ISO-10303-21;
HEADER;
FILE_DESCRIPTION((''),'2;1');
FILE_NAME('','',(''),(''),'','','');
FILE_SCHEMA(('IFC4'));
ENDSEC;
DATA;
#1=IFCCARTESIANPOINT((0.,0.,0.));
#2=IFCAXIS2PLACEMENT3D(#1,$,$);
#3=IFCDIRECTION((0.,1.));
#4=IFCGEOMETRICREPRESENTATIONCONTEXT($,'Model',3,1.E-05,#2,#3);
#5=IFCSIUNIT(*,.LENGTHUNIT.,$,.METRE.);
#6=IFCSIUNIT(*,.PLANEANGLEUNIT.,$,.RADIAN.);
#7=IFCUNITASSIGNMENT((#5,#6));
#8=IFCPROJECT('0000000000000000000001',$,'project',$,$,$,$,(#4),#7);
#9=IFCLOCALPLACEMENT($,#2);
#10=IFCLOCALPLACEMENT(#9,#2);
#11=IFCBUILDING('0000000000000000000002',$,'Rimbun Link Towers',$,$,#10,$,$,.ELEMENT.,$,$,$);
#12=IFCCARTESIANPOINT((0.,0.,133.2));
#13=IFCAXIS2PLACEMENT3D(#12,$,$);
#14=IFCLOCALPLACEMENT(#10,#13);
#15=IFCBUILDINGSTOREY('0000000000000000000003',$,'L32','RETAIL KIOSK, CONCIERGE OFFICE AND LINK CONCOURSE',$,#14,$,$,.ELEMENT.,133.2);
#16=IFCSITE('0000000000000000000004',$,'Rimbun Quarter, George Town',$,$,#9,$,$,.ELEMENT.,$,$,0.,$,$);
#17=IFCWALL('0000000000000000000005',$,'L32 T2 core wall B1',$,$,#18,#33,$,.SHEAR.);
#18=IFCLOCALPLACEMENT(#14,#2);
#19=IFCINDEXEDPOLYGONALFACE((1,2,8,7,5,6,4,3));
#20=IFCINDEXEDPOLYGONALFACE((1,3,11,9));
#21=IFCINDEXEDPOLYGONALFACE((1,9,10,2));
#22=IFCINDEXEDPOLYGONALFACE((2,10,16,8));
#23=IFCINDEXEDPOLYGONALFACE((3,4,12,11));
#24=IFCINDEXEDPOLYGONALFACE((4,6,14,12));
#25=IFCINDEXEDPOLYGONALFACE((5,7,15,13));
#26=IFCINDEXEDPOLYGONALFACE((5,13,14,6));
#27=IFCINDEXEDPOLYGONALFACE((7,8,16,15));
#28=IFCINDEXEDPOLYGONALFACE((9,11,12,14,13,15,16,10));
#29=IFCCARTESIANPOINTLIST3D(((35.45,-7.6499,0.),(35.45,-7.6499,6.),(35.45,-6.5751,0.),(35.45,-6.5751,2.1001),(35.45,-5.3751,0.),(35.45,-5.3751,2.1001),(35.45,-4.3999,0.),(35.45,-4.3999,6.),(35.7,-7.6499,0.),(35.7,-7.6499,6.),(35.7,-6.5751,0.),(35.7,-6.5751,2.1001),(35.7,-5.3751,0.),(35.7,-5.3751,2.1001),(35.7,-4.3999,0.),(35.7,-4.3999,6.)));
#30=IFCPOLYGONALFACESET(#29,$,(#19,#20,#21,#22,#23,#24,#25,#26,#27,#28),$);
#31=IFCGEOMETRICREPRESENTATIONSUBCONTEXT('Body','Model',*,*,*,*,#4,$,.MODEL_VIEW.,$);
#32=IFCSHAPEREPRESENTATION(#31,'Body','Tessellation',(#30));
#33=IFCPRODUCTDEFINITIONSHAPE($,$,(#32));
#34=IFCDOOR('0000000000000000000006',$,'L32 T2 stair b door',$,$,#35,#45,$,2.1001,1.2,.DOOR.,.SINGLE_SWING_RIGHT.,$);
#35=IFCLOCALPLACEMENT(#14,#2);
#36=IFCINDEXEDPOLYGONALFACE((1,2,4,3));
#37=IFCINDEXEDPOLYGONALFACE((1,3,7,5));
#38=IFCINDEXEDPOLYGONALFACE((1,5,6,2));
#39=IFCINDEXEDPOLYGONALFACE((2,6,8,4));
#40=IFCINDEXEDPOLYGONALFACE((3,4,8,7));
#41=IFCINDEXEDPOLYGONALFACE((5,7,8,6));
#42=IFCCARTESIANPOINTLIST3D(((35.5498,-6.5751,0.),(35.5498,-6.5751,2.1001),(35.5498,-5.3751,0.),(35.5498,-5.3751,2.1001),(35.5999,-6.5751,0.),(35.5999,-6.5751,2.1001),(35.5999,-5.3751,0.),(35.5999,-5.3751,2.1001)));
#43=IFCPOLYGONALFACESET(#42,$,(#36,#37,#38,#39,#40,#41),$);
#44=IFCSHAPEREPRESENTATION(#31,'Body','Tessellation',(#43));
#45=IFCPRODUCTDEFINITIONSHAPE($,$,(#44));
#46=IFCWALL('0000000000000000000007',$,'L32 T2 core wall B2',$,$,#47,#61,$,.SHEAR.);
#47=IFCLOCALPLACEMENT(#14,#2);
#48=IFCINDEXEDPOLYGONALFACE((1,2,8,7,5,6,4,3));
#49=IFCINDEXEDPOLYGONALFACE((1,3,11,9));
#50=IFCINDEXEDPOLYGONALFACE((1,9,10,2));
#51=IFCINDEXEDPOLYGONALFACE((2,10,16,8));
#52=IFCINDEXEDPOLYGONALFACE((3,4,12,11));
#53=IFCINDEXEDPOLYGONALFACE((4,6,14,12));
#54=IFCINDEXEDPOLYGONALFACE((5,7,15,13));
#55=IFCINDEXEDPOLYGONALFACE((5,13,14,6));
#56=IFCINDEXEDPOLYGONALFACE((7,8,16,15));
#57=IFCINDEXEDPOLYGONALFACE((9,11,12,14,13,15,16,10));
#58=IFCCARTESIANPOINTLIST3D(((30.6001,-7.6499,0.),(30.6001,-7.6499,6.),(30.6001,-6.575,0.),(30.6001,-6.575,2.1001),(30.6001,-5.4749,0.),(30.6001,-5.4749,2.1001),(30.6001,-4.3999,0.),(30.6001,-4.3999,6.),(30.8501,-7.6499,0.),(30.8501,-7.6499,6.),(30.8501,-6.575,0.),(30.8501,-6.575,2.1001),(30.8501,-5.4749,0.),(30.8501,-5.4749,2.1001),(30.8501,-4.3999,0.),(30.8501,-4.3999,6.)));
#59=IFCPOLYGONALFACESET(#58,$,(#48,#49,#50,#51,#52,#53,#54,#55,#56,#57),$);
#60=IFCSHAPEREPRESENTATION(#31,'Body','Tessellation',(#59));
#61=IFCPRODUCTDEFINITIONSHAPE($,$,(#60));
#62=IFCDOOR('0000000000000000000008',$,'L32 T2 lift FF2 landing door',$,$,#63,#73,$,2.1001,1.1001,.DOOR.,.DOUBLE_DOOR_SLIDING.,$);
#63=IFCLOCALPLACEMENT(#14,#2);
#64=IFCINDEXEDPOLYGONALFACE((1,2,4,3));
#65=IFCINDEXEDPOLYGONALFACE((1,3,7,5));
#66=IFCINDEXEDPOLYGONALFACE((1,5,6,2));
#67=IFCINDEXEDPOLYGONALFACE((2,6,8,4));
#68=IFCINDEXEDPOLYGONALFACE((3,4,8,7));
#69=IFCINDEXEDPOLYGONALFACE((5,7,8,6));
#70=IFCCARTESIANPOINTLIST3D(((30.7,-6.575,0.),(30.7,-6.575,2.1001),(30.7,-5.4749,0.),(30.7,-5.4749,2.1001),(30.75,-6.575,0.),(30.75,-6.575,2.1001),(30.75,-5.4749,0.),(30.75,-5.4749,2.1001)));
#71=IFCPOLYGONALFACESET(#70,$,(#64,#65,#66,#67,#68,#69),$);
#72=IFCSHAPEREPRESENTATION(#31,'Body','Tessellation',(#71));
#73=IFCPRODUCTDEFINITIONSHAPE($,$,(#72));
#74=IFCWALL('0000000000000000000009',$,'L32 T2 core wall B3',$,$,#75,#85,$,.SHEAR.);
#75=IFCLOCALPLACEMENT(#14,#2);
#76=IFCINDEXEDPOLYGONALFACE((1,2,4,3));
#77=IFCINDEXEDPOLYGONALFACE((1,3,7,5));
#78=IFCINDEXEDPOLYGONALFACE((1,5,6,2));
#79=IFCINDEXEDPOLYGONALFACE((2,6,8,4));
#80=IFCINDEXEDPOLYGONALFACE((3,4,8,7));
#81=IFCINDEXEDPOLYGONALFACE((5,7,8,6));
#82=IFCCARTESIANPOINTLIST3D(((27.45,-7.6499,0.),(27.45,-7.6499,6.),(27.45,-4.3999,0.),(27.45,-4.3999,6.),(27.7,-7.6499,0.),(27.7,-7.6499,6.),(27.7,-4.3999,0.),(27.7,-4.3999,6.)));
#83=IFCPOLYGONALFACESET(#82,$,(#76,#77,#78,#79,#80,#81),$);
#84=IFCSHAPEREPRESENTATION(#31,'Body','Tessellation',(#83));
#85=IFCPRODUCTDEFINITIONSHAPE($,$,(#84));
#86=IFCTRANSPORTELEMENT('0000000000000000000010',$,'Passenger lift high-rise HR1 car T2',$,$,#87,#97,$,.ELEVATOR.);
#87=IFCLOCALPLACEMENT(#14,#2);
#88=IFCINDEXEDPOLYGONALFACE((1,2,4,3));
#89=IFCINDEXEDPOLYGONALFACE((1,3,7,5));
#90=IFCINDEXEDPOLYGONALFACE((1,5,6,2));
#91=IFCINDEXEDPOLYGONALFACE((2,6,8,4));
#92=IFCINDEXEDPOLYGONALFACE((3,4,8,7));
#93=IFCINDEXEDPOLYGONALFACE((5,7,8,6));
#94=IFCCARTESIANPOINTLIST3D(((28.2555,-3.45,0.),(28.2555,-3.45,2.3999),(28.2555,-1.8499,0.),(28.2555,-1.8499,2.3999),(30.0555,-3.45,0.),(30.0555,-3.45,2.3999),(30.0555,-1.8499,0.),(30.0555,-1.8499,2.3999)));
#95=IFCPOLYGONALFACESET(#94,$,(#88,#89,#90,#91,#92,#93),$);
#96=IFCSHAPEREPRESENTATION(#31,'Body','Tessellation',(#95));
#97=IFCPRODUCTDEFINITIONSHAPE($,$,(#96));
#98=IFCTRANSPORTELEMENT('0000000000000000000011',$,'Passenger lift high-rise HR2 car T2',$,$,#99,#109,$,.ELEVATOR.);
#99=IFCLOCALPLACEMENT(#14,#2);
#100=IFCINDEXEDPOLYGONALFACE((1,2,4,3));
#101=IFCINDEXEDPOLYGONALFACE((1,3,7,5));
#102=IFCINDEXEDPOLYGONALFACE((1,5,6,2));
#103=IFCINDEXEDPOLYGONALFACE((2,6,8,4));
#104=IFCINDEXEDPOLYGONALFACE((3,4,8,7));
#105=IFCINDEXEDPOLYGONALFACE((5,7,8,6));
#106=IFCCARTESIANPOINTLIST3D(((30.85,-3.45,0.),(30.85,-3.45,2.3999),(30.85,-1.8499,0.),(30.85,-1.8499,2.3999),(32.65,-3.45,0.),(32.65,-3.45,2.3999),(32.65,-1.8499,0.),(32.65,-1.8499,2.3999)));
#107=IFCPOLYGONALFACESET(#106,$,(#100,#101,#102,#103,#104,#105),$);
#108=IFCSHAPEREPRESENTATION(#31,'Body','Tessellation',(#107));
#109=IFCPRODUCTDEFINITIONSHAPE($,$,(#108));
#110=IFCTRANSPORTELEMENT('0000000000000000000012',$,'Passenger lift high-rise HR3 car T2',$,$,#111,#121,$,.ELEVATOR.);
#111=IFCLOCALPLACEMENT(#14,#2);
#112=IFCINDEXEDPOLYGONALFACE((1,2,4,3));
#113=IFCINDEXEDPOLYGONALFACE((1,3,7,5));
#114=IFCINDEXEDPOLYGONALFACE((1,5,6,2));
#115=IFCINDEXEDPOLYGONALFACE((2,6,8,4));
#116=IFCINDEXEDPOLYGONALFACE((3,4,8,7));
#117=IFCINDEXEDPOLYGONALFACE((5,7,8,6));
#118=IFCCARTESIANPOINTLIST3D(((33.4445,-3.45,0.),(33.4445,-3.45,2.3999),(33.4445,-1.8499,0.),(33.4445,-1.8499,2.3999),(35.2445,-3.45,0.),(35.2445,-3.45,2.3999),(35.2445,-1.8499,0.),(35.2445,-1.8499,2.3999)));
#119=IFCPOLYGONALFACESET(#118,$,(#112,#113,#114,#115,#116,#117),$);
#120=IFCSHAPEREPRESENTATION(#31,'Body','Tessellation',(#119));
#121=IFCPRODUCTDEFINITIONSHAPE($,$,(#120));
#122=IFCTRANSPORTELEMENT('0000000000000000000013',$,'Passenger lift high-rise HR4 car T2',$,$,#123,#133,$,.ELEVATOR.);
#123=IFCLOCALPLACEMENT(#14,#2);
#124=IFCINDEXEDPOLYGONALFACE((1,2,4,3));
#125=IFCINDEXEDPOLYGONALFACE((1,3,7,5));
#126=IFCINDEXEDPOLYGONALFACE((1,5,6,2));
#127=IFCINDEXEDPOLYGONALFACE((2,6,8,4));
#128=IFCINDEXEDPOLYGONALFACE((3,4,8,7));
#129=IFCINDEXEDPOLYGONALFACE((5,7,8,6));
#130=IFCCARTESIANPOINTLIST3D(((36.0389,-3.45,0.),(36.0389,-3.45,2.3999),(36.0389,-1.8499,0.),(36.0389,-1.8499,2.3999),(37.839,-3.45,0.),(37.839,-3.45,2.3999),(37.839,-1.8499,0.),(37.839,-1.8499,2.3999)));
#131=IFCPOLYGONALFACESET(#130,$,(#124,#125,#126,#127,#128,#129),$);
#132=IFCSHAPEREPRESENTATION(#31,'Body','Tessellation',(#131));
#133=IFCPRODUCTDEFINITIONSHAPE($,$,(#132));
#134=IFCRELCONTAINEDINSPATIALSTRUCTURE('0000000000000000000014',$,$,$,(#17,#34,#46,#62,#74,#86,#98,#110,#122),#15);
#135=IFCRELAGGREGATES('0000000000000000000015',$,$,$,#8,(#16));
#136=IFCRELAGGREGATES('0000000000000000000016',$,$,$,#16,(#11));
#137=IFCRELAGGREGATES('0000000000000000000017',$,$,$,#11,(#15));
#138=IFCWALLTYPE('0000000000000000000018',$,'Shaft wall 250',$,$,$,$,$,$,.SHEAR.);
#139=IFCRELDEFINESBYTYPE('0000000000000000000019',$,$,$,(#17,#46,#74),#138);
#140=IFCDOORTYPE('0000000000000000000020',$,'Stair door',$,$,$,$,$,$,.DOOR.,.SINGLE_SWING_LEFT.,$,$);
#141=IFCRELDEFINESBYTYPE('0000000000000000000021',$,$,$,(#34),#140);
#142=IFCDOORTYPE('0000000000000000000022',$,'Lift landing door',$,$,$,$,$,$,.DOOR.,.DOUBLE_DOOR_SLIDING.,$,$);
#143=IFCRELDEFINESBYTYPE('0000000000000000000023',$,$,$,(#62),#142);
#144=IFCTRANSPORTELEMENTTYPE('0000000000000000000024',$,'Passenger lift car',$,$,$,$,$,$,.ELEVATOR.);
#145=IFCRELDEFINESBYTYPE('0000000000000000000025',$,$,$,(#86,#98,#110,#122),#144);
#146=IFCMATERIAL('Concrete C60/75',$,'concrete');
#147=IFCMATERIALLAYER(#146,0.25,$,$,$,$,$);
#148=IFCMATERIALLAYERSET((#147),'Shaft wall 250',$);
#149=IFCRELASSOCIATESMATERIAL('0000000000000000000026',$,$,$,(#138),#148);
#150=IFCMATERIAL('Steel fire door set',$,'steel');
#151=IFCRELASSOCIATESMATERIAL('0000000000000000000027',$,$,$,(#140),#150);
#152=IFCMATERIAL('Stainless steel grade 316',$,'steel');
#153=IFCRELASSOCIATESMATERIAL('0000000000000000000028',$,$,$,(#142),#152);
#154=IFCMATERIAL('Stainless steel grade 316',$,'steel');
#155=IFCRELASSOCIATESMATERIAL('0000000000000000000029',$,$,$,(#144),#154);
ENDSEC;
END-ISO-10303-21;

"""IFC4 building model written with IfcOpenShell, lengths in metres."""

from ifc_helpers import new_model, si_unit, direction, frame, frame_2d, origin, origin_2d, place, context, subcontext, project, spatial, rectangle, extrude, material, layer, layer_set, type_object, element, fill, save


model = new_model("IFC4")

# Units and contexts
model_context = context("Model", 3, precision=1e-05, world=origin(), true_north=direction((0.0, 1.0)))
body_context = subcontext(model_context, "Body", "Model", "MODEL_VIEW")
ifc_project = project(units=[si_unit("LENGTHUNIT", "METRE"), si_unit("PLANEANGLEUNIT", "RADIAN")], contexts=[model_context])

# Site, building, storey
site_placement = place(None, origin())
site = spatial("IfcSite", under=ifc_project, at=site_placement, Name="Rimbun Quarter, George Town", CompositionType="ELEMENT", RefElevation=0.0)
building_placement = place(site_placement, origin())
building = spatial("IfcBuilding", under=site, at=building_placement, Name="Rimbun Link Towers", CompositionType="ELEMENT")
storey_placement = place(building_placement, frame((0.0, 0.0, 133.2)))
storey = spatial("IfcBuildingStorey", under=building, at=storey_placement, Name="L32", Description="RETAIL KIOSK, CONCIERGE OFFICE AND LINK CONCOURSE", CompositionType="ELEMENT", Elevation=133.2)

# Shared definitions
ifc_material_1 = material(Name="Concrete C60/75", Category="concrete")
ifc_layer_1 = layer(ifc_material_1, 0.25)
ifc_layer_set_1 = layer_set([ifc_layer_1], Name="Shaft wall 250")
wall_type_1 = type_object("IfcWallType", Name="Shaft wall 250", PredefinedType="SHEAR", material=ifc_layer_set_1)

# Walls, openings, doors
wall_1_placement = place(storey_placement, frame((35.575, -4.3999, 0.0), z_axis=(0.0, 0.0, 1.0), x_axis=(0.0, -1.0, 0.0)))
wall_1 = element("IfcWall", 1, at=wall_1_placement, inside=storey, type_object=wall_type_1, Name="L32 T2 core wall B1", PredefinedType="SHEAR", context=body_context, shape_type="SweptSolid", body=[
    extrude(rectangle(XDim=3.25, YDim=0.25, at=frame_2d((1.625, 0.0))), origin(), (0.0, 0.0, 1.0), 6.0),
])
opening_1_placement = place(wall_1_placement, frame((0.9751, 0.0, 0.0)))
opening_1 = element("IfcOpeningElement", 2, at=opening_1_placement, cuts=wall_1, PredefinedType="OPENING", context=body_context, shape_type="SweptSolid", body=[
    extrude(rectangle(XDim=1.2, YDim=2.1001, at=frame_2d((0.6001, 1.05))), frame((0.0, 0.135, 0.0), z_axis=(0.0, -1.0, 0.0), x_axis=(1.0, 0.0, 0.0)), (0.0, 0.0, 1.0), 0.27),
])
ifc_material_2 = material(Name="Steel fire door set", Category="steel")
door_type_1 = type_object("IfcDoorType", Name="Stair door", OperationType="SINGLE_SWING_LEFT", PredefinedType="DOOR", material=ifc_material_2)
door_1_placement = place(opening_1_placement, origin())
door_1 = element("IfcDoor", 3, at=door_1_placement, inside=storey, type_object=door_type_1, Name="L32 T2 stair b door", OperationType="SINGLE_SWING_RIGHT", OverallHeight=2.1001, OverallWidth=1.2, PredefinedType="DOOR", context=body_context, shape_type="SweptSolid", body=[
    extrude(rectangle(XDim=1.2, YDim=2.1001, at=frame_2d((0.6001, 1.05))), frame((0.0, 0.0249, 0.0), z_axis=(0.0, -1.0, 0.0), x_axis=(1.0, 0.0, 0.0)), (0.0, 0.0, 1.0), 0.05),
])
fill(opening_1, door_1)
wall_2_placement = place(storey_placement, frame((30.7251, -4.3999, 0.0), z_axis=(0.0, 0.0, 1.0), x_axis=(0.0, -1.0, 0.0)))
wall_2 = element("IfcWall", 4, at=wall_2_placement, inside=storey, type_object=wall_type_1, Name="L32 T2 core wall B2", PredefinedType="SHEAR", context=body_context, shape_type="SweptSolid", body=[
    extrude(rectangle(XDim=3.25, YDim=0.25, at=frame_2d((1.625, 0.0))), origin(), (0.0, 0.0, 1.0), 6.0),
])
opening_2_placement = place(wall_2_placement, frame((1.075, 0.0, 0.0)))
opening_2 = element("IfcOpeningElement", 5, at=opening_2_placement, cuts=wall_2, PredefinedType="OPENING", context=body_context, shape_type="SweptSolid", body=[
    extrude(rectangle(XDim=1.1001, YDim=2.1001, at=frame_2d((0.55, 1.05))), frame((0.0, 0.135, 0.0), z_axis=(0.0, -1.0, 0.0), x_axis=(1.0, 0.0, 0.0)), (0.0, 0.0, 1.0), 0.27),
])
ifc_material_3 = material(Name="Stainless steel grade 316", Category="steel")
door_type_2 = type_object("IfcDoorType", Name="Lift landing door", OperationType="DOUBLE_DOOR_SLIDING", PredefinedType="DOOR", material=ifc_material_3)
door_2_placement = place(opening_2_placement, origin())
door_2 = element("IfcDoor", 6, at=door_2_placement, inside=storey, type_object=door_type_2, Name="L32 T2 lift FF2 landing door", OperationType="DOUBLE_DOOR_SLIDING", OverallHeight=2.1001, OverallWidth=1.1001, PredefinedType="DOOR", context=body_context, shape_type="SweptSolid", body=[
    extrude(rectangle(XDim=1.1001, YDim=2.1001, at=frame_2d((0.55, 1.05))), frame((0.0, 0.0249, 0.0), z_axis=(0.0, -1.0, 0.0), x_axis=(1.0, 0.0, 0.0)), (0.0, 0.0, 1.0), 0.05),
])
fill(opening_2, door_2)

# Wall
wall_3_placement = place(storey_placement, frame((27.575, -4.3999, 0.0), z_axis=(0.0, 0.0, 1.0), x_axis=(0.0, -1.0, 0.0)))
element("IfcWall", 7, at=wall_3_placement, inside=storey, type_object=wall_type_1, Name="L32 T2 core wall B3", PredefinedType="SHEAR", context=body_context, shape_type="SweptSolid", body=[
    extrude(rectangle(XDim=3.25, YDim=0.25, at=frame_2d((1.625, 0.0))), origin(), (0.0, 0.0, 1.0), 6.0),
])

# Transport elements
ifc_material_4 = material(Name="Stainless steel grade 316", Category="steel")
transport_element_type = type_object("IfcTransportElementType", Name="Passenger lift car", PredefinedType="ELEVATOR", material=ifc_material_4)
for number, where, z_axis, x_axis, name in (
    (8, (29.1555, -2.6499, 0.0), (0.0, 0.0, 1.0), (1.0, 0.0, 0.0), "Passenger lift high-rise HR1 car T2"),
    (9, (31.75, -2.6499, 0.0), (0.0, 0.0, 1.0), (1.0, 0.0, 0.0), "Passenger lift high-rise HR2 car T2"),
    (10, (34.3445, -2.6499, 0.0), (0.0, 0.0, 1.0), (1.0, 0.0, 0.0), "Passenger lift high-rise HR3 car T2"),
    (11, (36.939, -2.6499, 0.0), (0.0, 0.0, 1.0), (1.0, 0.0, 0.0), "Passenger lift high-rise HR4 car T2"),
):
    element("IfcTransportElement", number, at=place(storey_placement, frame(where, z_axis=z_axis, x_axis=x_axis)), inside=storey, type_object=transport_element_type, Name=name, PredefinedType="ELEVATOR", context=body_context, shape_type="SweptSolid", body=[
        extrude(rectangle(XDim=1.8, YDim=1.6001, at=origin_2d()), origin(), (0.0, 0.0, 1.0), 2.3999),
    ])

save(model, "model.ifc")
